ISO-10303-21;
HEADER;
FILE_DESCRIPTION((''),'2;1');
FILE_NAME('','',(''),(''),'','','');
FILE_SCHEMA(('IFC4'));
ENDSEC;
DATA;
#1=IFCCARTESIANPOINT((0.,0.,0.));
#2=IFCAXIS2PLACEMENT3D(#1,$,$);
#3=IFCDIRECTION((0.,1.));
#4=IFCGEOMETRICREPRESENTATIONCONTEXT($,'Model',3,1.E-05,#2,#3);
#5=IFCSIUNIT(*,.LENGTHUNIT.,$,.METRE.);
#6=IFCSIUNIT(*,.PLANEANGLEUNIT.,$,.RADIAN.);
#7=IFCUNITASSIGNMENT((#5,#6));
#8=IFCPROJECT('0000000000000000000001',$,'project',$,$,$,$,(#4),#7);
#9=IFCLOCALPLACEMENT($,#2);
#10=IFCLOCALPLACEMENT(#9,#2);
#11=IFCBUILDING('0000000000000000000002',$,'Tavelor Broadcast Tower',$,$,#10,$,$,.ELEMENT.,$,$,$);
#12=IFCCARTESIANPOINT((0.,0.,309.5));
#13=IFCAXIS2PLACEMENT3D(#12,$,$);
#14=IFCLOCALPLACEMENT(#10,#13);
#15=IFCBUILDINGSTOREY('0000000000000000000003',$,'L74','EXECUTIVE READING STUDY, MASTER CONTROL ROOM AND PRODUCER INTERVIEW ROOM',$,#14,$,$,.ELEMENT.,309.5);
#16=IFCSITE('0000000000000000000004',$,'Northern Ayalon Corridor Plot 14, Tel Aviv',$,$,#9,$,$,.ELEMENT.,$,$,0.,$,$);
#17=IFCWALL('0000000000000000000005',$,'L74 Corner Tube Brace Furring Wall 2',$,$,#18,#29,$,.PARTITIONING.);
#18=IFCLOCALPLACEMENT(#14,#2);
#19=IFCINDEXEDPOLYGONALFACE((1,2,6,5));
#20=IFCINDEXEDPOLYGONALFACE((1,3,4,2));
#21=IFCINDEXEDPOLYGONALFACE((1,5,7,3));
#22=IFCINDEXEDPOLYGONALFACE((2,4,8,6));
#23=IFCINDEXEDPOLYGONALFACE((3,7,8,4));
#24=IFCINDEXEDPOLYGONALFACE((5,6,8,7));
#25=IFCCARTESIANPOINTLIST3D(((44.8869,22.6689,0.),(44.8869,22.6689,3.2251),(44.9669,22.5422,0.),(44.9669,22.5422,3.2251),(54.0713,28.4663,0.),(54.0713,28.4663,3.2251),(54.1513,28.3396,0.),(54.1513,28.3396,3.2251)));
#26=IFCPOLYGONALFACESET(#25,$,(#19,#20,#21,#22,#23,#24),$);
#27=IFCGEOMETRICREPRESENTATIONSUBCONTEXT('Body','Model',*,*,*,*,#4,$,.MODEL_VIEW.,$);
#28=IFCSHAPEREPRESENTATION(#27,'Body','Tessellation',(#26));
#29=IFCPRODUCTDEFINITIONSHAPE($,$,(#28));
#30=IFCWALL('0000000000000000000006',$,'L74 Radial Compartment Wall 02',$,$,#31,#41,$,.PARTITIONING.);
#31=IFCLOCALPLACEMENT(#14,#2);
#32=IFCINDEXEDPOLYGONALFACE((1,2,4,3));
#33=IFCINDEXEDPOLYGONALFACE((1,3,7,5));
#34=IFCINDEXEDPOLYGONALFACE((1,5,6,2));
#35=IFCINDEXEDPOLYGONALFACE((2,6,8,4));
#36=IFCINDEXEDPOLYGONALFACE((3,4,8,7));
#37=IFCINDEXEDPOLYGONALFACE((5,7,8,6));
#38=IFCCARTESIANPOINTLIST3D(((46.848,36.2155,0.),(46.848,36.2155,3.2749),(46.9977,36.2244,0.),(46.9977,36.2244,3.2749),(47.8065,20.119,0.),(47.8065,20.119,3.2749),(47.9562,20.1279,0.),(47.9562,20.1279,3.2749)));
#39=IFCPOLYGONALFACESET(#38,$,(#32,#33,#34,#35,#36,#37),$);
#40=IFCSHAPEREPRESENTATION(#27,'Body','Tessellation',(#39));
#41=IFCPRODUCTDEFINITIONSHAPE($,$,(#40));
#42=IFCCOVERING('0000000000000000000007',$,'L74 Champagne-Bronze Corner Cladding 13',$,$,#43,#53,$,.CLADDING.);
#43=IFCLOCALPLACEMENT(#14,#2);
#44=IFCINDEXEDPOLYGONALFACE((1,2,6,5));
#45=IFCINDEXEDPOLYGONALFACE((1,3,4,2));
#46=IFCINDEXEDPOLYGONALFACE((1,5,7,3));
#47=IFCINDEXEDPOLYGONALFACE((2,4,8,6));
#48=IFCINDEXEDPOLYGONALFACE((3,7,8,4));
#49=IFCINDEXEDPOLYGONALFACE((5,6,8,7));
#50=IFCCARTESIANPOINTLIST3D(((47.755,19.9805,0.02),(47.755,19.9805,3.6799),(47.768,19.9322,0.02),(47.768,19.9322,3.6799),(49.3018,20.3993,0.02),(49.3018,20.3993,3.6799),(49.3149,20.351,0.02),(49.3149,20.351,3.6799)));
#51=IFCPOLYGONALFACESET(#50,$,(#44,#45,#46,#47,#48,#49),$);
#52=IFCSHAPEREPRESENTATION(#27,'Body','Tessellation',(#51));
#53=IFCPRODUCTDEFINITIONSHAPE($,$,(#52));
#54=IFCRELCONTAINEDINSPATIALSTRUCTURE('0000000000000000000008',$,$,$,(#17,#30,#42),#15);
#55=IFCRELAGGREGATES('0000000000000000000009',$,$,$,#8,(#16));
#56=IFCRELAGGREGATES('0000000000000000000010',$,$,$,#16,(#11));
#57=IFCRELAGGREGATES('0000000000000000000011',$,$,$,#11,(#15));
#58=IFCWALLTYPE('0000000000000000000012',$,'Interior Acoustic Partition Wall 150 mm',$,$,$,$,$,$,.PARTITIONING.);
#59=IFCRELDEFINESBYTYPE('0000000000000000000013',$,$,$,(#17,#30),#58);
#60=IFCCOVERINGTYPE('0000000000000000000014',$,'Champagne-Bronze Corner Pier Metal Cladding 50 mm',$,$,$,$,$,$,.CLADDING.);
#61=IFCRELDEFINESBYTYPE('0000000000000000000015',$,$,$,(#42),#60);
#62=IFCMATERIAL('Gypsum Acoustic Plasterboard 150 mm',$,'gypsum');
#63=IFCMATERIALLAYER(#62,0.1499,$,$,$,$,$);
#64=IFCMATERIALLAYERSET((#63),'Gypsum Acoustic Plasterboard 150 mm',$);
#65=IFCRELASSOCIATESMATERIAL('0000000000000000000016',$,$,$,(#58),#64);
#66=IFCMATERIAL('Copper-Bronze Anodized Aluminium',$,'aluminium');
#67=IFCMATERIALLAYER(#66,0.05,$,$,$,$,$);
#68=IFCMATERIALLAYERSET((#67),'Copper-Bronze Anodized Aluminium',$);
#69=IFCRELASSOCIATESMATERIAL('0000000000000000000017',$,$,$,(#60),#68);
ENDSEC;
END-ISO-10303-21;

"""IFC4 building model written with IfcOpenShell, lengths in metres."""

from ifc_helpers import new_model, si_unit, direction, frame, frame_2d, origin, origin_2d, place, context, subcontext, project, spatial, rectangle, extrude, material, layer, layer_set, type_object, element, save


model = new_model("IFC4")

# Units and contexts
model_context = context("Model", 3, precision=1e-05, world=origin(), true_north=direction((0.0, 1.0)))
body_context = subcontext(model_context, "Body", "Model", "MODEL_VIEW")
ifc_project = project(units=[si_unit("LENGTHUNIT", "METRE"), si_unit("PLANEANGLEUNIT", "RADIAN")], contexts=[model_context])

# Site, building, storey
site_placement = place(None, origin())
site = spatial("IfcSite", under=ifc_project, at=site_placement, Name="Northern Ayalon Corridor Plot 14, Tel Aviv", CompositionType="ELEMENT", RefElevation=0.0)
building_placement = place(site_placement, origin())
building = spatial("IfcBuilding", under=site, at=building_placement, Name="Tavelor Broadcast Tower", CompositionType="ELEMENT")
storey_placement = place(building_placement, frame((0.0, 0.0, 309.5)))
storey = spatial("IfcBuildingStorey", under=building, at=storey_placement, Name="L74", Description="EXECUTIVE READING STUDY, MASTER CONTROL ROOM AND PRODUCER INTERVIEW ROOM", CompositionType="ELEMENT", Elevation=309.5)

# Walls
ifc_material_1 = material(Name="Gypsum Acoustic Plasterboard 150 mm", Category="gypsum")
ifc_layer_1 = layer(ifc_material_1, 0.1499)
ifc_layer_set_1 = layer_set([ifc_layer_1], Name="Gypsum Acoustic Plasterboard 150 mm")
wall_type_1 = type_object("IfcWallType", Name="Interior Acoustic Partition Wall 150 mm", PredefinedType="PARTITIONING", material=ifc_layer_set_1)
wall_1_placement = place(storey_placement, frame((44.9268, 22.6055, 0.0), z_axis=(0.0, 0.0, 1.0), x_axis=(0.845625, 0.533778, 0.0)))
element("IfcWall", 1, at=wall_1_placement, inside=storey, type_object=wall_type_1, Name="L74 Corner Tube Brace Furring Wall 2", PredefinedType="PARTITIONING", context=body_context, shape_type="SweptSolid", body=[
    extrude(rectangle(XDim=10.8611, YDim=0.1499, at=frame_2d((5.4307, 0.0))), origin(), (0.0, 0.0, 1.0), 3.2251),
])
wall_2_placement = place(storey_placement, frame((46.9229, 36.22, 0.0), z_axis=(0.0, 0.0, 1.0), x_axis=(0.059442, -0.998232, 0.0)))
element("IfcWall", 2, at=wall_2_placement, inside=storey, type_object=wall_type_1, Name="L74 Radial Compartment Wall 02", PredefinedType="PARTITIONING", context=body_context, shape_type="SweptSolid", body=[
    extrude(rectangle(XDim=16.125, YDim=0.1499, at=frame_2d((8.0625, 0.0))), origin(), (0.0, 0.0, 1.0), 3.2749),
])

# Covering
ifc_material_2 = material(Name="Copper-Bronze Anodized Aluminium", Category="aluminium")
ifc_layer_2 = layer(ifc_material_2, 0.05)
ifc_layer_set_2 = layer_set([ifc_layer_2], Name="Copper-Bronze Anodized Aluminium")
covering_type = type_object("IfcCoveringType", Name="Champagne-Bronze Corner Pier Metal Cladding 50 mm", PredefinedType="CLADDING", material=ifc_layer_set_2)
covering_placement = place(storey_placement, frame((48.5349, 20.1658, 0.02), z_axis=(0.0, 0.0, 1.0), x_axis=(0.965245, 0.261347, 0.0)))
element("IfcCovering", 3, at=covering_placement, inside=storey, type_object=covering_type, Name="L74 Champagne-Bronze Corner Cladding 13", PredefinedType="CLADDING", context=body_context, shape_type="SweptSolid", body=[
    extrude(rectangle(XDim=1.6025, YDim=0.05, at=origin_2d()), origin(), (0.0, 0.0, 1.0), 3.6599),
])

save(model, "model.ifc")
